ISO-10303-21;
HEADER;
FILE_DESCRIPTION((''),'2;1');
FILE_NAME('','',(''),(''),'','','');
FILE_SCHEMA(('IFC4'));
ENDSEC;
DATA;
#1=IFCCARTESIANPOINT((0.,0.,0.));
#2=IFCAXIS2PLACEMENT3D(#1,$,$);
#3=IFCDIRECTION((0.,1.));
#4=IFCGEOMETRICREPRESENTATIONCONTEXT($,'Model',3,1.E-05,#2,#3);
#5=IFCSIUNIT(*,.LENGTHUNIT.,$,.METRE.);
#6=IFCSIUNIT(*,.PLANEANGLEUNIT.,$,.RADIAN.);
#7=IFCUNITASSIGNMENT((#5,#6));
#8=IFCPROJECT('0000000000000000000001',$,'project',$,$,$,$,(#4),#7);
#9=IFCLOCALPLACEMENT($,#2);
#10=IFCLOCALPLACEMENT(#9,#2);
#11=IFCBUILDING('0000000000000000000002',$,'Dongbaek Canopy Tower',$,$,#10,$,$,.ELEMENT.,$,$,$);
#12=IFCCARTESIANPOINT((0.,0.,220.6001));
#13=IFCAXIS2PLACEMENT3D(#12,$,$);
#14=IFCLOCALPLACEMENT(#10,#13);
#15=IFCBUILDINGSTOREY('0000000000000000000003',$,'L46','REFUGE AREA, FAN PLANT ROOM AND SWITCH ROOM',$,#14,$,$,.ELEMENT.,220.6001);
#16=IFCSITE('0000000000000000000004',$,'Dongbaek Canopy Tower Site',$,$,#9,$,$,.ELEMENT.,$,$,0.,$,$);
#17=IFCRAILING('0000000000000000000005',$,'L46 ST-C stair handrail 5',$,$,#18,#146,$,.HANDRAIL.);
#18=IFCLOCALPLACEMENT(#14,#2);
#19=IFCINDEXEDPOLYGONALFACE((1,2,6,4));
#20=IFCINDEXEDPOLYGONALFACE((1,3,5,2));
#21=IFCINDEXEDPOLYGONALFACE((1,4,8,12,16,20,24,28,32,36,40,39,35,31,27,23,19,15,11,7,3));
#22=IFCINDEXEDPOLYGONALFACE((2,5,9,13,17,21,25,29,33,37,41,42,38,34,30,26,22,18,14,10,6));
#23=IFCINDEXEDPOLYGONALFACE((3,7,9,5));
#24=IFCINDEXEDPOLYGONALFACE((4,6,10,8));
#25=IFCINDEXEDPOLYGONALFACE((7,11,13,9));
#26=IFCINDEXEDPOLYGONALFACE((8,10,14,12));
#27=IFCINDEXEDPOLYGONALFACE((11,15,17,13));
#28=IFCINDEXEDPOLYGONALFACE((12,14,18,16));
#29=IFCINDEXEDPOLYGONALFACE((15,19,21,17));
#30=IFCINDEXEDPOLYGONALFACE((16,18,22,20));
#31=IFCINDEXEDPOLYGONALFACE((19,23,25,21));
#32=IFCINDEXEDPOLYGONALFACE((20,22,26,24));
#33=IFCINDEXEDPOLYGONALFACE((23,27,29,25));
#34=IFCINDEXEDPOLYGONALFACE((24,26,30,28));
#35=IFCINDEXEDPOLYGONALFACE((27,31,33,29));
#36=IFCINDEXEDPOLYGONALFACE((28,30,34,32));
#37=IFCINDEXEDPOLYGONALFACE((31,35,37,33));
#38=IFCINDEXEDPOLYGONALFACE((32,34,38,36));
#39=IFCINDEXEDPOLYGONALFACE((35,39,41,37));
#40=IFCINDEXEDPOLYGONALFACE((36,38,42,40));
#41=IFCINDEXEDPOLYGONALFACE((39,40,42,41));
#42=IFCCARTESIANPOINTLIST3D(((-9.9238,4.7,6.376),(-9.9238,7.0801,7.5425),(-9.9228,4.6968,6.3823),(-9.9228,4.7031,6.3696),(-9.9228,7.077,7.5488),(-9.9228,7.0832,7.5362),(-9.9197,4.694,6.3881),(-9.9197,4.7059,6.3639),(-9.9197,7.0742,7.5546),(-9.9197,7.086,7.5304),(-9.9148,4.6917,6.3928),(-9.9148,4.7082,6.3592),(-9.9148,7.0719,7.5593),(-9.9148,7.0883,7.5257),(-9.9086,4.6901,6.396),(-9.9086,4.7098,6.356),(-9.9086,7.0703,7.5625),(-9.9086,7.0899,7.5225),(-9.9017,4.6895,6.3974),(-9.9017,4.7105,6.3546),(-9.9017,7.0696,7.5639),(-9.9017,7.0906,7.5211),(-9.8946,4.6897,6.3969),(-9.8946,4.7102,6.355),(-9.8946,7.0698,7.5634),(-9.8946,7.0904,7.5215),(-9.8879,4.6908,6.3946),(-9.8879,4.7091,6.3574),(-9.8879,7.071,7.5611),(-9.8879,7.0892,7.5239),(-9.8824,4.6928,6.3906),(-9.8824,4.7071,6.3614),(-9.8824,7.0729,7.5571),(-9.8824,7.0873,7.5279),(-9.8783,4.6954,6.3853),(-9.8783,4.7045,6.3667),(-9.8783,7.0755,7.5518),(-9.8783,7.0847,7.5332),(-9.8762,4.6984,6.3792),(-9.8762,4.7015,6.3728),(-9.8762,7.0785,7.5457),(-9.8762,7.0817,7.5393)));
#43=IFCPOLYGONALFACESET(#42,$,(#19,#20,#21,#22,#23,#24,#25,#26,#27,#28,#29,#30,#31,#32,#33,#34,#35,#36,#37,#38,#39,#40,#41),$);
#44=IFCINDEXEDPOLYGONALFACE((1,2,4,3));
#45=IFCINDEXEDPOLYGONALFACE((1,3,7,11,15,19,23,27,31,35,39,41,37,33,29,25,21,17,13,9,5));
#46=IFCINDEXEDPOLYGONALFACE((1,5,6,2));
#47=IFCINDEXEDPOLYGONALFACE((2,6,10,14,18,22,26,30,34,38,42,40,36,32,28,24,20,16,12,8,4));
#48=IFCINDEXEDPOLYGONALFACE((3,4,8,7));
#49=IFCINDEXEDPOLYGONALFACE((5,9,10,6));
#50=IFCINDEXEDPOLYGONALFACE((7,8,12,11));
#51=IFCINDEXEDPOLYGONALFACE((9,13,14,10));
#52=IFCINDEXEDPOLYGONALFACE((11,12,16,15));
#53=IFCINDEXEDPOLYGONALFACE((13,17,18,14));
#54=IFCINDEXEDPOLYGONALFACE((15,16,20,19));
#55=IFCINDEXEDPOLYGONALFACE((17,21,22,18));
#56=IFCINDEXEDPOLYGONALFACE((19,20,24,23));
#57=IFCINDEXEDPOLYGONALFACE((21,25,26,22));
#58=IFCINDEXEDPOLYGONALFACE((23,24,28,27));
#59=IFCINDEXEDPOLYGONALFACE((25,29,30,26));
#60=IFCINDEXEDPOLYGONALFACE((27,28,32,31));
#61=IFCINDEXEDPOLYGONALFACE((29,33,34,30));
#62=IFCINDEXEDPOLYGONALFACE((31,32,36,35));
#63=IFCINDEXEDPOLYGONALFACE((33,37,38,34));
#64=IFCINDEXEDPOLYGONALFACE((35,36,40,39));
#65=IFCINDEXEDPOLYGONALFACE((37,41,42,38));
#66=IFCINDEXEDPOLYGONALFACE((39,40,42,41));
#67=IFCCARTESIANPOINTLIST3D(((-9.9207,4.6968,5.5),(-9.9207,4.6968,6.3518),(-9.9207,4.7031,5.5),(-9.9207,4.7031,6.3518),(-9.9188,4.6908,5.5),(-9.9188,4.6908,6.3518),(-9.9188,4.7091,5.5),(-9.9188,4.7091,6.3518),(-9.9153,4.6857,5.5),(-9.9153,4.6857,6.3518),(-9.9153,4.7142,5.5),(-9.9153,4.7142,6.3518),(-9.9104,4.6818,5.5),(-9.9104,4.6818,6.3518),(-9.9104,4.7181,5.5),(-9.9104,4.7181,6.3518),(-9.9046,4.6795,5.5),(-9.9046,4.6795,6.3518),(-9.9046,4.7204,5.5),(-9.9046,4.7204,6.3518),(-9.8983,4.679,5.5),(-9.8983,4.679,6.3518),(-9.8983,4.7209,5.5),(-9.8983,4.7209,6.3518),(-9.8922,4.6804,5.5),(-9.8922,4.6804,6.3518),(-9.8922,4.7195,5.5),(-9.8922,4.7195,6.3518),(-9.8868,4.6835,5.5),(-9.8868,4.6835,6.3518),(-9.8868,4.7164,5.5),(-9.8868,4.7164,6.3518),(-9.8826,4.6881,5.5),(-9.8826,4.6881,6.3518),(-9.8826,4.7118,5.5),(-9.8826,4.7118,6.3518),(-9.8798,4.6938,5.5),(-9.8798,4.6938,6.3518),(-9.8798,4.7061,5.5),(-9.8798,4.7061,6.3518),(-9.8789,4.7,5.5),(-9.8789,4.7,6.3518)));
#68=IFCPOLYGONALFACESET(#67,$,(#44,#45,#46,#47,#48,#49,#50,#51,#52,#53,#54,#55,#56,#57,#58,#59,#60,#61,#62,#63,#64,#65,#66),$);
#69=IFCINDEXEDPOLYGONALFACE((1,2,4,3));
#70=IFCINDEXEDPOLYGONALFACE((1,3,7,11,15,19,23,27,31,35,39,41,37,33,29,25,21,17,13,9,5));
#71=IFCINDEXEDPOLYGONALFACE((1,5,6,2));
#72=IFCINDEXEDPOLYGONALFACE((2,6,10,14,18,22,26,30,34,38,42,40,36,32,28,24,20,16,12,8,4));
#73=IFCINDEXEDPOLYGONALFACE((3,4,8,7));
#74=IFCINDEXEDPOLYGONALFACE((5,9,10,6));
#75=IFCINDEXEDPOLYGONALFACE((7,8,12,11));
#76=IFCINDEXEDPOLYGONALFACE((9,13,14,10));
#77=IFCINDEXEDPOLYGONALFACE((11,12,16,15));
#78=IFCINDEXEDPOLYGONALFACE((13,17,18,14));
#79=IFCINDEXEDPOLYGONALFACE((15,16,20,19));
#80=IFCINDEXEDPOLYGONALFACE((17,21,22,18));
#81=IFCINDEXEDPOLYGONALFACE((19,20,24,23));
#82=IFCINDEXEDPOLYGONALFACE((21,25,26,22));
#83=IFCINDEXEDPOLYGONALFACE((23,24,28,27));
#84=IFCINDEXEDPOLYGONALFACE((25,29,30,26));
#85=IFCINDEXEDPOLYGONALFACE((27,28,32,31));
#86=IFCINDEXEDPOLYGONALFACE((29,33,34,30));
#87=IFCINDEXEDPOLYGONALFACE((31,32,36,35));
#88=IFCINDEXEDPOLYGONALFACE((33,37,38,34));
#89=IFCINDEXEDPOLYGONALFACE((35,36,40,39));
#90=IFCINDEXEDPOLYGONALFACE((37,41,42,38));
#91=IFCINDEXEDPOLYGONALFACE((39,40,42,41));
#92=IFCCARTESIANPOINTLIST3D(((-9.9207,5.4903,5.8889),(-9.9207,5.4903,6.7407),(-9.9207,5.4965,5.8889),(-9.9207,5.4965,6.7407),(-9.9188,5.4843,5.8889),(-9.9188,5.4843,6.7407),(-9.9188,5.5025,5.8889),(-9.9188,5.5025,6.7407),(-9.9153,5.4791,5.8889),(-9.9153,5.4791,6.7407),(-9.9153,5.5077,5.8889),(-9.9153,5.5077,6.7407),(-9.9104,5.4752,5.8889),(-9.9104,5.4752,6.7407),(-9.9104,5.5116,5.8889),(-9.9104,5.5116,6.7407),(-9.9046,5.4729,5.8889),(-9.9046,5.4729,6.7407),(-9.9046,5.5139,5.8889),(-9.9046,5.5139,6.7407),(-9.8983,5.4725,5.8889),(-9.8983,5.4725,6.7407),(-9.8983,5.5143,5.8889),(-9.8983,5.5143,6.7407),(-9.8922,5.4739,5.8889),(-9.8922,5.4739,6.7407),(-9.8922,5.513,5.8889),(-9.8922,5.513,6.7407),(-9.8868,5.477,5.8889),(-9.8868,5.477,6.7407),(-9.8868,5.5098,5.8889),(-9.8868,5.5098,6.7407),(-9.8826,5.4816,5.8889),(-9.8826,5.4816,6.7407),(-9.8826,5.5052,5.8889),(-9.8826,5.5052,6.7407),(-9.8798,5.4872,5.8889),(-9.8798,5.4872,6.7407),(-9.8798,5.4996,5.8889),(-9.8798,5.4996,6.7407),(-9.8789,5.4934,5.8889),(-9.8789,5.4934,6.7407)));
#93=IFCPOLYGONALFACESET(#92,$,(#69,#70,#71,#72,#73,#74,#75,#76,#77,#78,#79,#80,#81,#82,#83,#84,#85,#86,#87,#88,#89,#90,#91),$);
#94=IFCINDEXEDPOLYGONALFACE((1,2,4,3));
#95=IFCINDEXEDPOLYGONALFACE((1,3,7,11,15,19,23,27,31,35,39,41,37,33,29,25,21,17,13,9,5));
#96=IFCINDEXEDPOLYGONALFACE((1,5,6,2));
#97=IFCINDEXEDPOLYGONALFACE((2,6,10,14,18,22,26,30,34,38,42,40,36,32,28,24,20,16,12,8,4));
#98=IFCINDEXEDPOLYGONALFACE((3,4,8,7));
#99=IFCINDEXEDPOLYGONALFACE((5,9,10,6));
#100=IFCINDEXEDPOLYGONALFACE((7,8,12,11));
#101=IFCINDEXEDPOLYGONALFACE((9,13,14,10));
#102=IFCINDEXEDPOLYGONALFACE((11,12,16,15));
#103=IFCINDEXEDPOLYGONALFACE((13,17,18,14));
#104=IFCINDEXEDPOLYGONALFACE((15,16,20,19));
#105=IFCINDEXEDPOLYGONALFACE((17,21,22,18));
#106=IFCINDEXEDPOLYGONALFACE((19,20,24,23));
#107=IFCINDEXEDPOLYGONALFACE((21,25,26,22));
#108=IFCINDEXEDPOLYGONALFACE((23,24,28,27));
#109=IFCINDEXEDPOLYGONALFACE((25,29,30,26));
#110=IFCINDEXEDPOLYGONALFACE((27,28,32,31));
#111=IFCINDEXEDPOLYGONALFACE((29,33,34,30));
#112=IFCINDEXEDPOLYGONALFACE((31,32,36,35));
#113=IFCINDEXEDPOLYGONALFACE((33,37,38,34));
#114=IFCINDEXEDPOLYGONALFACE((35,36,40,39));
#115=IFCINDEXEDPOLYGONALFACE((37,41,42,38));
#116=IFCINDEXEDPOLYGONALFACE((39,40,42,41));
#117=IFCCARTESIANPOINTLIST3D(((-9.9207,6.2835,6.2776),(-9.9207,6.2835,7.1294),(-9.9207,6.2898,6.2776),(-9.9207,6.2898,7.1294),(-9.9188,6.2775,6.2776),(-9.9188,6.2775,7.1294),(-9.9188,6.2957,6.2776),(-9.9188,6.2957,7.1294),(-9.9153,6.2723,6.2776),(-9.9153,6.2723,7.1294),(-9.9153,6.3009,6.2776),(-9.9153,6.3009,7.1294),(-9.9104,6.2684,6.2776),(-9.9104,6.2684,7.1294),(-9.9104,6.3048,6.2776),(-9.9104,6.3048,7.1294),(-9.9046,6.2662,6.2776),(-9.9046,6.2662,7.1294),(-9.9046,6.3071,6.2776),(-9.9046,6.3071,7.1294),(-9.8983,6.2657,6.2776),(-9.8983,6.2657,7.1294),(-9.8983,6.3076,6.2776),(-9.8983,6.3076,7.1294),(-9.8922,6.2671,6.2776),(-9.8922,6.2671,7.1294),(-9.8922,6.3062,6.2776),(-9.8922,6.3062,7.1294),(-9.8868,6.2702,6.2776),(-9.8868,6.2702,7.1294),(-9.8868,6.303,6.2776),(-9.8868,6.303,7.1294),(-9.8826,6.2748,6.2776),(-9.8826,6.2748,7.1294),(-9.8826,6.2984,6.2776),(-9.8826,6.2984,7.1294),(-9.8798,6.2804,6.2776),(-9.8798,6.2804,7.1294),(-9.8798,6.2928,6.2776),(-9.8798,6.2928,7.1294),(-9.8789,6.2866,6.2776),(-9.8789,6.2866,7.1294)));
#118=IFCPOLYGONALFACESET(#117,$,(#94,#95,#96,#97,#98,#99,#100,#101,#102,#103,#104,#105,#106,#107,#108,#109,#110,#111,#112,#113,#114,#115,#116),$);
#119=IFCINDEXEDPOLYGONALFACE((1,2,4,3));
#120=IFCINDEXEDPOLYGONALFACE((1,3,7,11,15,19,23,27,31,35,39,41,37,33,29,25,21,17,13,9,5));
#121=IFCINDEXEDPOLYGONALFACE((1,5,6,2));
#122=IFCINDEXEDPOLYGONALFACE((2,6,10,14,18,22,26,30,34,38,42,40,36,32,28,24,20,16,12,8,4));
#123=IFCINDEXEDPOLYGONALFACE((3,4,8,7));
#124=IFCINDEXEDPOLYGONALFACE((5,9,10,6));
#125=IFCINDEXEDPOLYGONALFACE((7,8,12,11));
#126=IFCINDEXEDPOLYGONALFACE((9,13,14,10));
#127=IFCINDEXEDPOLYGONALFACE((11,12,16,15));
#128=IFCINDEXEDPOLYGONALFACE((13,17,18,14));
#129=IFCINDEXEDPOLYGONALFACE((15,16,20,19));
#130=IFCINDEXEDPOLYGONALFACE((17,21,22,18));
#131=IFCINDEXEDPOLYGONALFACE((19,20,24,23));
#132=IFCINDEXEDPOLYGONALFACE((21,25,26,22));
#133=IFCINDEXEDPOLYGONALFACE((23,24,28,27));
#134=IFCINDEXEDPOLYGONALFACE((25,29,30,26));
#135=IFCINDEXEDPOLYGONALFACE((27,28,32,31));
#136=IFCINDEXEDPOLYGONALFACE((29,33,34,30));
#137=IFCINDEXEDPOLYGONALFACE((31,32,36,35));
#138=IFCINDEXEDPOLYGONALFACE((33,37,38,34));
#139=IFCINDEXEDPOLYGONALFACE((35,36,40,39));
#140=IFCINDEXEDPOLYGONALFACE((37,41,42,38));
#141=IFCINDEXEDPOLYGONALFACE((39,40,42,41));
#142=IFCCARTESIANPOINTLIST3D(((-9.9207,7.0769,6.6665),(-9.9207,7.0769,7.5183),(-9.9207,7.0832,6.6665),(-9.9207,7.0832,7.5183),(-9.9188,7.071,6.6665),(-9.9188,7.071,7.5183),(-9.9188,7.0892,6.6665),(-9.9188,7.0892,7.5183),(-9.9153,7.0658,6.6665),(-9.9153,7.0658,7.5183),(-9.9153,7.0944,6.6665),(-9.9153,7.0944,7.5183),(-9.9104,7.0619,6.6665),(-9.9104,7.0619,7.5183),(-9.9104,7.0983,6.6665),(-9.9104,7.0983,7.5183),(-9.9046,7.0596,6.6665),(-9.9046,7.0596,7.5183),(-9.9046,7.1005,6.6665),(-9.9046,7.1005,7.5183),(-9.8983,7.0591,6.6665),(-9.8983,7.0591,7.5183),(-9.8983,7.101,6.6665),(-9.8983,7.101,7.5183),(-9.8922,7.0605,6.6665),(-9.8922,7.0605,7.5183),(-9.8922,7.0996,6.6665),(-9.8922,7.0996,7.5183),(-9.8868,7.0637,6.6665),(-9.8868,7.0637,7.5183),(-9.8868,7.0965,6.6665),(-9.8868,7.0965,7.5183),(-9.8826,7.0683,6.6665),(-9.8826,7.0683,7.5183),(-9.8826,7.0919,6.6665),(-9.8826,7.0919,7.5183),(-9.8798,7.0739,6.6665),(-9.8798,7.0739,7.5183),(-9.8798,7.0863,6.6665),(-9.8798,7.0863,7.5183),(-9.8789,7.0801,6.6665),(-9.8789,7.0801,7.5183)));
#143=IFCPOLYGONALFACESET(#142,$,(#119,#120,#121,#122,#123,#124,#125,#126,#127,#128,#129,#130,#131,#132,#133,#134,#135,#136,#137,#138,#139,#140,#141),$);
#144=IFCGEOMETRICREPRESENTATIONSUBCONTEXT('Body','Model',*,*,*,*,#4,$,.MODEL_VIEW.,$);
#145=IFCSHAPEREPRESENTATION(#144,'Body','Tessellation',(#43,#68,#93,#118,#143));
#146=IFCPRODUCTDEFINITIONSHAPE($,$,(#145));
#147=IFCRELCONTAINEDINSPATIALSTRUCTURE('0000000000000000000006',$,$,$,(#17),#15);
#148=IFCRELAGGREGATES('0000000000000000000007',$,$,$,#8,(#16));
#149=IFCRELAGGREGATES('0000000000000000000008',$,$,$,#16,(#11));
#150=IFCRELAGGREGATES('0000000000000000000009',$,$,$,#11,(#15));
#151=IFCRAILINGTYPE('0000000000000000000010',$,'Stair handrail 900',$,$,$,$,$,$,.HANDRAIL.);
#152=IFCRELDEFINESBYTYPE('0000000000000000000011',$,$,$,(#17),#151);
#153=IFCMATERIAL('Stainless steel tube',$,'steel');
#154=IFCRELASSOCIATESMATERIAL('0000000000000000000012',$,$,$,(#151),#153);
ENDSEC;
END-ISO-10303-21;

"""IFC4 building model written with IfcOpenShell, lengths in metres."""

from ifc_helpers import new_model, si_unit, direction, frame, origin, origin_2d, place, context, subcontext, project, spatial, circle, extrude, material, type_object, element, save


model = new_model("IFC4")

# Units and contexts
model_context = context("Model", 3, precision=1e-05, world=origin(), true_north=direction((0.0, 1.0)))
body_context = subcontext(model_context, "Body", "Model", "MODEL_VIEW")
ifc_project = project(units=[si_unit("LENGTHUNIT", "METRE"), si_unit("PLANEANGLEUNIT", "RADIAN")], contexts=[model_context])

# Site, building, storey
site_placement = place(None, origin())
site = spatial("IfcSite", under=ifc_project, at=site_placement, Name="Dongbaek Canopy Tower Site", CompositionType="ELEMENT", RefElevation=0.0)
building_placement = place(site_placement, origin())
building = spatial("IfcBuilding", under=site, at=building_placement, Name="Dongbaek Canopy Tower", CompositionType="ELEMENT")
storey_placement = place(building_placement, frame((0.0, 0.0, 220.6001)))
storey = spatial("IfcBuildingStorey", under=building, at=storey_placement, Name="L46", Description="REFUGE AREA, FAN PLANT ROOM AND SWITCH ROOM", CompositionType="ELEMENT", Elevation=220.6001)

# Railing
ifc_material_1 = material(Name="Stainless steel tube", Category="steel")
railing_type_1 = type_object("IfcRailingType", Name="Stair handrail 900", PredefinedType="HANDRAIL", material=ifc_material_1)
railing_1_placement = place(storey_placement, frame((-9.8999, 4.7, 5.5)))
element("IfcRailing", 1, at=railing_1_placement, inside=storey, type_object=railing_type_1, Name="L46 ST-C stair handrail 5", PredefinedType="HANDRAIL", context=body_context, shape_type="SweptSolid", body=[
    extrude(circle(Radius=0.0239, at=origin_2d()), frame((0.0, 0.0, 0.876), z_axis=(0.0, 0.897954, 0.440089), x_axis=(-1.0, 0.0, 0.0)), (0.0, 0.0, 1.0), 2.6506),
    extrude(circle(Radius=0.021, at=origin_2d()), origin(), (0.0, 0.0, 1.0), 0.8518),
    extrude(circle(Radius=0.021, at=origin_2d()), frame((0.0, 0.7935, 0.3889)), (0.0, 0.0, 1.0), 0.8518),
    extrude(circle(Radius=0.021, at=origin_2d()), frame((0.0, 1.5867, 0.7776)), (0.0, 0.0, 1.0), 0.8518),
    extrude(circle(Radius=0.021, at=origin_2d()), frame((0.0, 2.3801, 1.1665)), (0.0, 0.0, 1.0), 0.8518),
])

save(model, "model.ifc")
